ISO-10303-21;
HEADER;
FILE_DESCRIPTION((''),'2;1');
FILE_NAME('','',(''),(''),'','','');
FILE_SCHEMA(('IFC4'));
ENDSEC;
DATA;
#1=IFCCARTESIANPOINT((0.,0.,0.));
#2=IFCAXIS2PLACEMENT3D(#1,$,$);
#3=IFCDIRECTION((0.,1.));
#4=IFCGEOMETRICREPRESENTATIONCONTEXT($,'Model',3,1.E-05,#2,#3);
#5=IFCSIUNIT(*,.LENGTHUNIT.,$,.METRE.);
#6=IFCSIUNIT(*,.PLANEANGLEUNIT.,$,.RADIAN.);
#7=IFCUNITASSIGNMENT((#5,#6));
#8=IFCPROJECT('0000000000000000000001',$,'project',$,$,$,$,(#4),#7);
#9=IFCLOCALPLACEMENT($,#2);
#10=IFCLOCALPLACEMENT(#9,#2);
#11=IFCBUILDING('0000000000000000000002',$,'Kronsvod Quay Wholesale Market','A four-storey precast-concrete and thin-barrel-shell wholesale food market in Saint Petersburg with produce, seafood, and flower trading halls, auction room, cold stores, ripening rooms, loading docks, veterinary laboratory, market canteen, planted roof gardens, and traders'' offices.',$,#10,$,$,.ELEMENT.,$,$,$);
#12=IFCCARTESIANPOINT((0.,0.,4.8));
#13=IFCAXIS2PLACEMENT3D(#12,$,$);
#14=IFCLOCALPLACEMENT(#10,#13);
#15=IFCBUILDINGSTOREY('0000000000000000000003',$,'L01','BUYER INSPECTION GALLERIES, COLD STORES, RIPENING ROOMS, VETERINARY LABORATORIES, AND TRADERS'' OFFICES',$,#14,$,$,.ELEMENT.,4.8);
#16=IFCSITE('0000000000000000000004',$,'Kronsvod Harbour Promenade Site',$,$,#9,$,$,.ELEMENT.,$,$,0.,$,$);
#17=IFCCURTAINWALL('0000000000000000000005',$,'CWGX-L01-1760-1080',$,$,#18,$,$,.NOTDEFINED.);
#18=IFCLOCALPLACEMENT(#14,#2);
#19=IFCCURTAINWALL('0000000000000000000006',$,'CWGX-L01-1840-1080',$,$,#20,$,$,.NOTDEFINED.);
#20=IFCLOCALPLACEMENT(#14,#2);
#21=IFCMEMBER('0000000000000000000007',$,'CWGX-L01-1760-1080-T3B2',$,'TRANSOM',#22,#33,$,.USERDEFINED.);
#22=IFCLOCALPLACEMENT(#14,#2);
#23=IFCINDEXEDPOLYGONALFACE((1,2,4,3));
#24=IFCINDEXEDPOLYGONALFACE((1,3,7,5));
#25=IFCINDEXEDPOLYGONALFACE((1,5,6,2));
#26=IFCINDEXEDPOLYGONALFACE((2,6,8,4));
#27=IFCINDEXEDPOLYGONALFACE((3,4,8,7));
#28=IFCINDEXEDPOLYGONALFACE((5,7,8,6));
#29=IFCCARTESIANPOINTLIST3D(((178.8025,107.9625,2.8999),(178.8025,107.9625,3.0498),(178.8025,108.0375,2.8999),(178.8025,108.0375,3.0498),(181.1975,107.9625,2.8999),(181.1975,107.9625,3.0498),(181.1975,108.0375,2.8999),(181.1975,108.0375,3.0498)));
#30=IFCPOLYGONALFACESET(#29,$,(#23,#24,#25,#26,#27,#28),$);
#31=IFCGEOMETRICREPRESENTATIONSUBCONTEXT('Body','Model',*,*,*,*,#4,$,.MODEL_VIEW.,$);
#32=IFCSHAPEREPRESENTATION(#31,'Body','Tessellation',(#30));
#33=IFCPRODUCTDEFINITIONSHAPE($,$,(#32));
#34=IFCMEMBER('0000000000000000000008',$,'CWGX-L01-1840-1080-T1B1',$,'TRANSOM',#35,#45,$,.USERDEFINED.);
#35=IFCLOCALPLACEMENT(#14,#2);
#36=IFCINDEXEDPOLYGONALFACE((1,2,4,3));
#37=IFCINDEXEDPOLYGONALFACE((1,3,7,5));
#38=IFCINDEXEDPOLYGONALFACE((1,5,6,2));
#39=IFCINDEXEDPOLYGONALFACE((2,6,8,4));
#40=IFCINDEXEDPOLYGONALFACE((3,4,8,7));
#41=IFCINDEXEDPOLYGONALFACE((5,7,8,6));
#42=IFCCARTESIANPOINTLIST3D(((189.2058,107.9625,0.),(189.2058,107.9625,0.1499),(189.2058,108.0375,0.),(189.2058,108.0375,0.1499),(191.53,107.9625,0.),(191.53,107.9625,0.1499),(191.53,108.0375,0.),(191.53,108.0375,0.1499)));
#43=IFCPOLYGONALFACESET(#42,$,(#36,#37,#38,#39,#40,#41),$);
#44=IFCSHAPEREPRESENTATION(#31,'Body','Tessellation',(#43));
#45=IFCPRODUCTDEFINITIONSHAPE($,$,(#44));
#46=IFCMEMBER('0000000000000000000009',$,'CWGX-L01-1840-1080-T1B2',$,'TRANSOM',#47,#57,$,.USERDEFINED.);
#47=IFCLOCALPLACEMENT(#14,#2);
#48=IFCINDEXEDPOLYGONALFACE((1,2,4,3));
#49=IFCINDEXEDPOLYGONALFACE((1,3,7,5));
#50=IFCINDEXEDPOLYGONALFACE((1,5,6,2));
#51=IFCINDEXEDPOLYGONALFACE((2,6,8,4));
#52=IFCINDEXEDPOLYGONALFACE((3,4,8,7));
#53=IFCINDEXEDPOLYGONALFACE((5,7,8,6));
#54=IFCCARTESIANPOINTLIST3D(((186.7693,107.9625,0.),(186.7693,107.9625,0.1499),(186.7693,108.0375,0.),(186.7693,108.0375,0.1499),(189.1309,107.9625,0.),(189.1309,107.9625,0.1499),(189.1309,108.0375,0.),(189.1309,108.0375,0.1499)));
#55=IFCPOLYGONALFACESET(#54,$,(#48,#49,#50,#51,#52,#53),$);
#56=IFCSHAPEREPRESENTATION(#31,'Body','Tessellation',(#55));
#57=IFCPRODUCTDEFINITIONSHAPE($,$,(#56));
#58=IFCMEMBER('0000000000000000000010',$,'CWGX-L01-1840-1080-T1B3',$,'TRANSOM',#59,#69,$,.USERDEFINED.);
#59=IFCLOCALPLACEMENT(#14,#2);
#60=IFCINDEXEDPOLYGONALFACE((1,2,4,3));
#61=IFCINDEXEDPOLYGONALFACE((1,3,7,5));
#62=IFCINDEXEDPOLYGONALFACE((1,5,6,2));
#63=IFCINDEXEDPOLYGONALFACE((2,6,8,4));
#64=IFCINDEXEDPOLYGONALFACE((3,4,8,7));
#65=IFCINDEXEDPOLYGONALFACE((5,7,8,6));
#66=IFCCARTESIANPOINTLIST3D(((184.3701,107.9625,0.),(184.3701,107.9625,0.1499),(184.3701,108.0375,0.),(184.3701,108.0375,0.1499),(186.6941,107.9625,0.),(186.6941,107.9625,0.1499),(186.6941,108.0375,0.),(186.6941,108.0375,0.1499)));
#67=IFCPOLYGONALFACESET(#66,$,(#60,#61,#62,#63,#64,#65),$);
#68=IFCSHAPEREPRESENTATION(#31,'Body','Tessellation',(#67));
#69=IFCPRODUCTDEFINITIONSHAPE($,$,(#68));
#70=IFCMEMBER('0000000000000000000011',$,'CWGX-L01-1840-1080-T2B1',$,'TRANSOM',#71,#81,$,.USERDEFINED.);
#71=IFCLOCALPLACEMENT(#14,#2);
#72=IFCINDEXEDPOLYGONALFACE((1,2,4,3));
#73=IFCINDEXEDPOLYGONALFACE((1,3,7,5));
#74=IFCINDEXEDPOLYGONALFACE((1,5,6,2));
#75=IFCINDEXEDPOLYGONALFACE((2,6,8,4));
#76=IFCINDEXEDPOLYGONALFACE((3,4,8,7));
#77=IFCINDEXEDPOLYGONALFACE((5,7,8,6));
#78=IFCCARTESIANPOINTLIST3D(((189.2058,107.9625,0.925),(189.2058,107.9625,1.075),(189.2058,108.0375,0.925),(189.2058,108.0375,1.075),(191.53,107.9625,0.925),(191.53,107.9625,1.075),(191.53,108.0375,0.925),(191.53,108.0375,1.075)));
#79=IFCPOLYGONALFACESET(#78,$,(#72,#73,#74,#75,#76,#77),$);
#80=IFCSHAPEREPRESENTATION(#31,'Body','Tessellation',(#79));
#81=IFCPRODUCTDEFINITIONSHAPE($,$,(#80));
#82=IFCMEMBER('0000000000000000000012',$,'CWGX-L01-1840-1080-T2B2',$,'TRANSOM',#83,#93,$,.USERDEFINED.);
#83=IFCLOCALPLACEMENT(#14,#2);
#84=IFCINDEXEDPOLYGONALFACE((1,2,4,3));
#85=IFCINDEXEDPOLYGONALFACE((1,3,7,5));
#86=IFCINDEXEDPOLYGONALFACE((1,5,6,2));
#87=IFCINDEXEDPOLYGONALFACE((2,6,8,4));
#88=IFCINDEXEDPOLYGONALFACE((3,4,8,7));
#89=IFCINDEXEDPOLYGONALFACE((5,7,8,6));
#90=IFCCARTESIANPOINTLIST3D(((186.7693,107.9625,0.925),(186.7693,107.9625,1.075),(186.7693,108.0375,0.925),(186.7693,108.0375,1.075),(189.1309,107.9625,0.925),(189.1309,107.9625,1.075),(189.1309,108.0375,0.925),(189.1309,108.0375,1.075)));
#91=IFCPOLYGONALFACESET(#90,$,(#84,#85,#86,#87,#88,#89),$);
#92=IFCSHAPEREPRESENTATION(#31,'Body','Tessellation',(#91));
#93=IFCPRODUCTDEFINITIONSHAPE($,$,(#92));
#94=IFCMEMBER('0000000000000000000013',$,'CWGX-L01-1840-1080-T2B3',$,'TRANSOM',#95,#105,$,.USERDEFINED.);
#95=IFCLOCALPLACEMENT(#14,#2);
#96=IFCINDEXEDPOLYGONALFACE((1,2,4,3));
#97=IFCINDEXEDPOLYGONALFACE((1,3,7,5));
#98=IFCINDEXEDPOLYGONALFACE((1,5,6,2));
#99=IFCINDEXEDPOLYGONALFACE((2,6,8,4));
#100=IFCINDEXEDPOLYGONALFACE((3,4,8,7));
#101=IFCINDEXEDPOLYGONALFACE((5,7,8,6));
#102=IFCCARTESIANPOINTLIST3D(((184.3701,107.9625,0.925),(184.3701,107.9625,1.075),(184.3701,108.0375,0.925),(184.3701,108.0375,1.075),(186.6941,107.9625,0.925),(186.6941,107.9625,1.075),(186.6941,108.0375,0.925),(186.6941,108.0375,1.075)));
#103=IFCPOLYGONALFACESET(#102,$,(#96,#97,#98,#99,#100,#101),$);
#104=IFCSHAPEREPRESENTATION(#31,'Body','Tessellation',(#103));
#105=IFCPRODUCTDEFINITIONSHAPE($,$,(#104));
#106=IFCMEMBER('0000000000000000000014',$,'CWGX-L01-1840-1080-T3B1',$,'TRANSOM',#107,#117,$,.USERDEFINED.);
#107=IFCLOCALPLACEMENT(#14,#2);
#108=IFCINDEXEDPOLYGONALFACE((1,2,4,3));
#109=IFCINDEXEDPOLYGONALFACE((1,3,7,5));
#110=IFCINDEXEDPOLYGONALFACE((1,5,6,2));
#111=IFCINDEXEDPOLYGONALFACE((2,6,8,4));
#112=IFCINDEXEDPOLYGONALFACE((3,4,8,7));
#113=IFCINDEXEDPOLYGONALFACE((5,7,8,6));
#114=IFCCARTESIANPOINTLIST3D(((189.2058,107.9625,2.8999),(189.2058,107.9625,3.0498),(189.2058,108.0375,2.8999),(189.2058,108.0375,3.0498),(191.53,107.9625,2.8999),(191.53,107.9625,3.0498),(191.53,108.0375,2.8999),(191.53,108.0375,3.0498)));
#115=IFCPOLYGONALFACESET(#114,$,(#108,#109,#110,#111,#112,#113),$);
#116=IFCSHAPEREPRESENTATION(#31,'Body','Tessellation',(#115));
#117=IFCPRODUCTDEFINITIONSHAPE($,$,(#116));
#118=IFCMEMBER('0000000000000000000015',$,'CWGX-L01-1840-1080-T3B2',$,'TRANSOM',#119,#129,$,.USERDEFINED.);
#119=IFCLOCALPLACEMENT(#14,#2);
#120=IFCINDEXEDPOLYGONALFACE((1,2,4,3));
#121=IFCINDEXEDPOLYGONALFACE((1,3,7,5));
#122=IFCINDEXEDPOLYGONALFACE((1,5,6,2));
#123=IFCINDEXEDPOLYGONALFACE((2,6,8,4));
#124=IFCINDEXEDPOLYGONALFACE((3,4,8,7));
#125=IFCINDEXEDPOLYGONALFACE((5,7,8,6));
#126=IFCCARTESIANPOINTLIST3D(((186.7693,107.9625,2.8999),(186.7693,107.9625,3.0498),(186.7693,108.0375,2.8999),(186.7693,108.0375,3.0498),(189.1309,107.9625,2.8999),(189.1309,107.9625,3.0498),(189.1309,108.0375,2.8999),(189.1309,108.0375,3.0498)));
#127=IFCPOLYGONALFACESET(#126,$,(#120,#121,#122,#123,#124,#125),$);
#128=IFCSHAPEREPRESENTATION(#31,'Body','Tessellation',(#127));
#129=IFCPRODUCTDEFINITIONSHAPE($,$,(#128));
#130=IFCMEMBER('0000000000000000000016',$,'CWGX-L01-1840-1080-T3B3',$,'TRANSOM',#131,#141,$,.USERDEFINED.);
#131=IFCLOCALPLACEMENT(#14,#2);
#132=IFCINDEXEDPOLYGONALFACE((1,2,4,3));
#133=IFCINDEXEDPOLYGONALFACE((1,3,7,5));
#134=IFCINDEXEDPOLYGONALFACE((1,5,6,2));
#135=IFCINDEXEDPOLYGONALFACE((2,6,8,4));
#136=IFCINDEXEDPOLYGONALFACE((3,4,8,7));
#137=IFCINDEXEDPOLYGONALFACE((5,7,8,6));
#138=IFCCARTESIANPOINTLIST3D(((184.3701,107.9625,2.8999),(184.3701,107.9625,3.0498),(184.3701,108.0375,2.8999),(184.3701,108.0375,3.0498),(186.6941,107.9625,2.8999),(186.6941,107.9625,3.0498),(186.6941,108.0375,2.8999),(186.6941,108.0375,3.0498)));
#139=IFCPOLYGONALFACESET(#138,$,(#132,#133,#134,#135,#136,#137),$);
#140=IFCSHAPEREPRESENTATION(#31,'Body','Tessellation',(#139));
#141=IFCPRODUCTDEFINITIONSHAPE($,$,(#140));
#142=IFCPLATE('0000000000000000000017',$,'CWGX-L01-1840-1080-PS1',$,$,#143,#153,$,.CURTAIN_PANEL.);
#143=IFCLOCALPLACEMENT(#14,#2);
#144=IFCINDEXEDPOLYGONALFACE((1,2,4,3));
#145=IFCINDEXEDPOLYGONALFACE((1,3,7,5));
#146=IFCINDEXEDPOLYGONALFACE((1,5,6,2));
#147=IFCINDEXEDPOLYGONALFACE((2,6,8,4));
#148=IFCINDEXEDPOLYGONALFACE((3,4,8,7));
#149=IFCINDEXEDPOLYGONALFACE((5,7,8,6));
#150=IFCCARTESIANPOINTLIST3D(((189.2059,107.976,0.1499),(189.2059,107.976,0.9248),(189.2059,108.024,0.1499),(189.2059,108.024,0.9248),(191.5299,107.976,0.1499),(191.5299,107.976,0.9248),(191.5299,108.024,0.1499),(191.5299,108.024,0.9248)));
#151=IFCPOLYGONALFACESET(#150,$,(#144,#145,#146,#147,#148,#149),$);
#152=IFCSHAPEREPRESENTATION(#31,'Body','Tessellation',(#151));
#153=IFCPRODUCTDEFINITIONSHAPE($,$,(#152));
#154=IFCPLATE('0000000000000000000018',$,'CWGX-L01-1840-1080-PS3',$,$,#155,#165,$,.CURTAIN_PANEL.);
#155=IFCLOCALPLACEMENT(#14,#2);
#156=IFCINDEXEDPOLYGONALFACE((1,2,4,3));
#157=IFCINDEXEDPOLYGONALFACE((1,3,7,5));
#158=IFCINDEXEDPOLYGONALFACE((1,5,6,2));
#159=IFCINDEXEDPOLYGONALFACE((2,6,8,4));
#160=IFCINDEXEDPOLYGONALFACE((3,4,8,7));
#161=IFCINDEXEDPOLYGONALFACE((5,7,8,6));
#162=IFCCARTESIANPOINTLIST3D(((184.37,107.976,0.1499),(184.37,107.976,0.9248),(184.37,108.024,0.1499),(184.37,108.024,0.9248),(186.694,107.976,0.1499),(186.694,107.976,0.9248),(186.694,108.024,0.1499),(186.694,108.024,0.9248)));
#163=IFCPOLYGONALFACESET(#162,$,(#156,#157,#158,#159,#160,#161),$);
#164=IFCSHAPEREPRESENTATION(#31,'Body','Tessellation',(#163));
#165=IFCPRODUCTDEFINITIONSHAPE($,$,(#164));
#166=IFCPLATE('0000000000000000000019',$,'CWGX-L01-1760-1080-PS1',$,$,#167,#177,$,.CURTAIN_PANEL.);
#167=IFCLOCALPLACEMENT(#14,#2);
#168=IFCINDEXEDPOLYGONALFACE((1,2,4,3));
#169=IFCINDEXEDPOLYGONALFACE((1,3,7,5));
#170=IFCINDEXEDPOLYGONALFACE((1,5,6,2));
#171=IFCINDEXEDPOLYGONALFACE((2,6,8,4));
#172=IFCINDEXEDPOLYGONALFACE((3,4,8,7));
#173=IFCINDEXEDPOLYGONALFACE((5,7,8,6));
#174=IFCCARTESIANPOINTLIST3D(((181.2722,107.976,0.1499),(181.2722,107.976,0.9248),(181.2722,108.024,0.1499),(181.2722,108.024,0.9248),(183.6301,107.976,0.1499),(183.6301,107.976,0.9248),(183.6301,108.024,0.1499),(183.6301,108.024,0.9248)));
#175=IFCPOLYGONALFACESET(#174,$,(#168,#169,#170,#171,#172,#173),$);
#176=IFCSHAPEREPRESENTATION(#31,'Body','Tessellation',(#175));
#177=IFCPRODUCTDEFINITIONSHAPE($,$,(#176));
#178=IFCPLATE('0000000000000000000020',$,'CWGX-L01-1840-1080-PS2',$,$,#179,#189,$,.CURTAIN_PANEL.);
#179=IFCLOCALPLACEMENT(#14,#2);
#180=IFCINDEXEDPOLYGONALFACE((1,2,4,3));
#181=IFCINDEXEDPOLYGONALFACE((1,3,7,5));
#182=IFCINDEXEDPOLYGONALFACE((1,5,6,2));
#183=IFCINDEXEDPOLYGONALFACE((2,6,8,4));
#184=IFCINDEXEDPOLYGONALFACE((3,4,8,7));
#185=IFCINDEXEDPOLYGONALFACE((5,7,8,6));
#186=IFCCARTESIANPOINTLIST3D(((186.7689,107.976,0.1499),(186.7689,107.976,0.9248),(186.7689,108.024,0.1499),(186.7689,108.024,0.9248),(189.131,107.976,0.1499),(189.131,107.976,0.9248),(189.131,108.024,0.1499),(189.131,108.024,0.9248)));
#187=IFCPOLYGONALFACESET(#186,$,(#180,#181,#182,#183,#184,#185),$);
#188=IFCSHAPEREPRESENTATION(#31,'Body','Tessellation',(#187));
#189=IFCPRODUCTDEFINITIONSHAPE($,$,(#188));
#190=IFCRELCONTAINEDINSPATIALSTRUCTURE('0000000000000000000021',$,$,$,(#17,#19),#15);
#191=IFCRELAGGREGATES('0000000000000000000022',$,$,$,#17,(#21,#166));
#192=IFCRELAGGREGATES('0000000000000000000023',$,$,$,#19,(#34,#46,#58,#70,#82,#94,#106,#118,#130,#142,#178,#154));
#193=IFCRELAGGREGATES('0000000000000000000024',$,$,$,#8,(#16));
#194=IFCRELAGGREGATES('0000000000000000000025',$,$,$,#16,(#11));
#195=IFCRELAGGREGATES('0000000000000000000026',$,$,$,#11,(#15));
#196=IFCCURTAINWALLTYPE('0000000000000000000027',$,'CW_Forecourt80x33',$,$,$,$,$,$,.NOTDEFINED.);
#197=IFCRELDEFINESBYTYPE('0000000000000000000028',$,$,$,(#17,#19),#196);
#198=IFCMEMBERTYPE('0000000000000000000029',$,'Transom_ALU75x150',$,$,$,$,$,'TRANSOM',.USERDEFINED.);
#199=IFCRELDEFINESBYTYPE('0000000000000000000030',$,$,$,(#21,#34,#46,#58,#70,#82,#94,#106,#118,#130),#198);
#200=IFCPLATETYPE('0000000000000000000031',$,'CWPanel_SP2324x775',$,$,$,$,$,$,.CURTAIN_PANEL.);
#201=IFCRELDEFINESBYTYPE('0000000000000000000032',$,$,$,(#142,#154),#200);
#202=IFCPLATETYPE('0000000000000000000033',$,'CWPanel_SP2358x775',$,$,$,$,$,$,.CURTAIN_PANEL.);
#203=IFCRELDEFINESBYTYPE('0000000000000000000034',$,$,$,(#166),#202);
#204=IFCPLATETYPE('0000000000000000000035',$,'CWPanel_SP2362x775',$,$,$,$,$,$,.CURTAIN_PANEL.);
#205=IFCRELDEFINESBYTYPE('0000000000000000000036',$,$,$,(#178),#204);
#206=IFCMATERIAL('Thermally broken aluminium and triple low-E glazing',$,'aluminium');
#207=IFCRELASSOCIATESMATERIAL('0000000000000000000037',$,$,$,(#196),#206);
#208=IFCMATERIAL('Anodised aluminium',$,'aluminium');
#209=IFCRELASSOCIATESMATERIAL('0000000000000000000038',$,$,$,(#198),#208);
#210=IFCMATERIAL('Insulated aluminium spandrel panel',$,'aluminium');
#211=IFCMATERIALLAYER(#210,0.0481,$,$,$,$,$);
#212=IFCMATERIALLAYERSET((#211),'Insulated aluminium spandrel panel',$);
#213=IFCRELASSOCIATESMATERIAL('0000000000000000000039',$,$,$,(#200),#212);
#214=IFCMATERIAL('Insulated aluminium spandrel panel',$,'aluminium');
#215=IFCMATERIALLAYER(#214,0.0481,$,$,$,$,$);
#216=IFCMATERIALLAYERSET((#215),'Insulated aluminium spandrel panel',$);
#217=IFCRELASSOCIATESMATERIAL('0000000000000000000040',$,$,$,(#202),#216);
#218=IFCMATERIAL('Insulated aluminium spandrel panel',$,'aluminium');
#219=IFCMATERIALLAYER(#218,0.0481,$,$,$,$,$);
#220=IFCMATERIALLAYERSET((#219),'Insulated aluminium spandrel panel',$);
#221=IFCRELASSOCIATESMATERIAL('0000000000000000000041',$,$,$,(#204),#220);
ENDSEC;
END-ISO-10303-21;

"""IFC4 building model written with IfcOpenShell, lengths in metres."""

from ifc_helpers import new_model, si_unit, direction, frame, origin, origin_2d, place, context, subcontext, project, spatial, rectangle, extrude, material, layer, layer_set, material_profile, profile_set, type_object, element, aggregate, save


model = new_model("IFC4")

# Units and contexts
model_context = context("Model", 3, precision=1e-05, world=origin(), true_north=direction((0.0, 1.0)))
body_context = subcontext(model_context, "Body", "Model", "MODEL_VIEW")
ifc_project = project(units=[si_unit("LENGTHUNIT", "METRE"), si_unit("PLANEANGLEUNIT", "RADIAN")], contexts=[model_context])

# Site, building, storey
site_placement = place(None, origin())
site = spatial("IfcSite", under=ifc_project, at=site_placement, Name="Kronsvod Harbour Promenade Site", CompositionType="ELEMENT", RefElevation=0.0)
building_placement = place(site_placement, origin())
building = spatial("IfcBuilding", under=site, at=building_placement, Name="Kronsvod Quay Wholesale Market", Description="A four-storey precast-concrete and thin-barrel-shell wholesale food market in Saint Petersburg with produce, seafood, and flower trading halls, auction room, cold stores, ripening rooms, loading docks, veterinary laboratory, market canteen, planted roof gardens, and traders' offices.", CompositionType="ELEMENT")
storey_placement = place(building_placement, frame((0.0, 0.0, 4.8)))
storey = spatial("IfcBuildingStorey", under=building, at=storey_placement, Name="L01", Description="BUYER INSPECTION GALLERIES, COLD STORES, RIPENING ROOMS, VETERINARY LABORATORIES, AND TRADERS' OFFICES", CompositionType="ELEMENT", Elevation=4.8)

# Curtain walls
ifc_material_1 = material(Name="Thermally broken aluminium and triple low-E glazing", Category="aluminium")
curtain_wall_type = type_object("IfcCurtainWallType", Name="CW_Forecourt80x33", PredefinedType="NOTDEFINED", material=ifc_material_1)
curtain_wall_1_placement = place(storey_placement, origin())
curtain_wall_1 = element("IfcCurtainWall", 1, at=curtain_wall_1_placement, inside=storey, type_object=curtain_wall_type, Name="CWGX-L01-1760-1080", PredefinedType="NOTDEFINED")
curtain_wall_2_placement = place(storey_placement, origin())
curtain_wall_2 = element("IfcCurtainWall", 2, at=curtain_wall_2_placement, inside=storey, type_object=curtain_wall_type, Name="CWGX-L01-1840-1080", PredefinedType="NOTDEFINED")

# Members
ifc_material_2 = material(Name="Anodised aluminium", Category="aluminium")
ifc_material_profile_1 = material_profile(ifc_material_2, rectangle(XDim=0.075, YDim=0.1499, at=origin_2d()), Name="ALUT75x150")
ifc_profile_set_1 = profile_set([ifc_material_profile_1], Name="Anodised aluminium")
member_type_1 = type_object("IfcMemberType", Name="Transom_ALU75x150", ElementType="TRANSOM", PredefinedType="USERDEFINED", material=ifc_profile_set_1)
member_1_placement = place(storey_placement, frame((181.1975, 108.0, 2.9749), z_axis=(-1.0, 0.0, 0.0), x_axis=(0.0, -1.0, 0.0)))
member_1 = element("IfcMember", 3, at=member_1_placement, type_object=member_type_1, Name="CWGX-L01-1760-1080-T3B2", ObjectType="TRANSOM", PredefinedType="USERDEFINED", context=body_context, shape_type="SweptSolid", body=[
    extrude(rectangle(XDim=0.075, YDim=0.1499, at=origin_2d()), origin(), (0.0, 0.0, 1.0), 2.395),
])
member_2_placement = place(storey_placement, frame((191.53, 108.0, 0.075), z_axis=(-1.0, 0.0, 0.0), x_axis=(0.0, -1.0, 0.0)))
member_2 = element("IfcMember", 4, at=member_2_placement, type_object=member_type_1, Name="CWGX-L01-1840-1080-T1B1", ObjectType="TRANSOM", PredefinedType="USERDEFINED", context=body_context, shape_type="SweptSolid", body=[
    extrude(rectangle(XDim=0.075, YDim=0.1499, at=origin_2d()), origin(), (0.0, 0.0, 1.0), 2.3242),
])
member_3_placement = place(storey_placement, frame((189.1309, 108.0, 0.075), z_axis=(-1.0, 0.0, 0.0), x_axis=(0.0, -1.0, 0.0)))
member_3 = element("IfcMember", 5, at=member_3_placement, type_object=member_type_1, Name="CWGX-L01-1840-1080-T1B2", ObjectType="TRANSOM", PredefinedType="USERDEFINED", context=body_context, shape_type="SweptSolid", body=[
    extrude(rectangle(XDim=0.075, YDim=0.1499, at=origin_2d()), origin(), (0.0, 0.0, 1.0), 2.3616),
])
member_4_placement = place(storey_placement, frame((186.6941, 108.0, 0.075), z_axis=(-1.0, 0.0, 0.0), x_axis=(0.0, -1.0, 0.0)))
member_4 = element("IfcMember", 6, at=member_4_placement, type_object=member_type_1, Name="CWGX-L01-1840-1080-T1B3", ObjectType="TRANSOM", PredefinedType="USERDEFINED", context=body_context, shape_type="SweptSolid", body=[
    extrude(rectangle(XDim=0.075, YDim=0.1499, at=origin_2d()), origin(), (0.0, 0.0, 1.0), 2.324),
])
member_5_placement = place(storey_placement, frame((191.53, 108.0, 1.0), z_axis=(-1.0, 0.0, 0.0), x_axis=(0.0, -1.0, 0.0)))
member_5 = element("IfcMember", 7, at=member_5_placement, type_object=member_type_1, Name="CWGX-L01-1840-1080-T2B1", ObjectType="TRANSOM", PredefinedType="USERDEFINED", context=body_context, shape_type="SweptSolid", body=[
    extrude(rectangle(XDim=0.075, YDim=0.1499, at=origin_2d()), origin(), (0.0, 0.0, 1.0), 2.3242),
])
member_6_placement = place(storey_placement, frame((189.1309, 108.0, 1.0), z_axis=(-1.0, 0.0, 0.0), x_axis=(0.0, -1.0, 0.0)))
member_6 = element("IfcMember", 8, at=member_6_placement, type_object=member_type_1, Name="CWGX-L01-1840-1080-T2B2", ObjectType="TRANSOM", PredefinedType="USERDEFINED", context=body_context, shape_type="SweptSolid", body=[
    extrude(rectangle(XDim=0.075, YDim=0.1499, at=origin_2d()), origin(), (0.0, 0.0, 1.0), 2.3616),
])
member_7_placement = place(storey_placement, frame((186.6941, 108.0, 1.0), z_axis=(-1.0, 0.0, 0.0), x_axis=(0.0, -1.0, 0.0)))
member_7 = element("IfcMember", 9, at=member_7_placement, type_object=member_type_1, Name="CWGX-L01-1840-1080-T2B3", ObjectType="TRANSOM", PredefinedType="USERDEFINED", context=body_context, shape_type="SweptSolid", body=[
    extrude(rectangle(XDim=0.075, YDim=0.1499, at=origin_2d()), origin(), (0.0, 0.0, 1.0), 2.324),
])
member_8_placement = place(storey_placement, frame((191.53, 108.0, 2.9749), z_axis=(-1.0, 0.0, 0.0), x_axis=(0.0, -1.0, 0.0)))
member_8 = element("IfcMember", 10, at=member_8_placement, type_object=member_type_1, Name="CWGX-L01-1840-1080-T3B1", ObjectType="TRANSOM", PredefinedType="USERDEFINED", context=body_context, shape_type="SweptSolid", body=[
    extrude(rectangle(XDim=0.075, YDim=0.1499, at=origin_2d()), origin(), (0.0, 0.0, 1.0), 2.3242),
])
member_9_placement = place(storey_placement, frame((189.1309, 108.0, 2.9749), z_axis=(-1.0, 0.0, 0.0), x_axis=(0.0, -1.0, 0.0)))
member_9 = element("IfcMember", 11, at=member_9_placement, type_object=member_type_1, Name="CWGX-L01-1840-1080-T3B2", ObjectType="TRANSOM", PredefinedType="USERDEFINED", context=body_context, shape_type="SweptSolid", body=[
    extrude(rectangle(XDim=0.075, YDim=0.1499, at=origin_2d()), origin(), (0.0, 0.0, 1.0), 2.3616),
])
member_10_placement = place(storey_placement, frame((186.6941, 108.0, 2.9749), z_axis=(-1.0, 0.0, 0.0), x_axis=(0.0, -1.0, 0.0)))
member_10 = element("IfcMember", 12, at=member_10_placement, type_object=member_type_1, Name="CWGX-L01-1840-1080-T3B3", ObjectType="TRANSOM", PredefinedType="USERDEFINED", context=body_context, shape_type="SweptSolid", body=[
    extrude(rectangle(XDim=0.075, YDim=0.1499, at=origin_2d()), origin(), (0.0, 0.0, 1.0), 2.324),
])

# Plates
ifc_material_3 = material(Name="Insulated aluminium spandrel panel", Category="aluminium")
ifc_layer_1 = layer(ifc_material_3, 0.0481)
ifc_layer_set_1 = layer_set([ifc_layer_1], Name="Insulated aluminium spandrel panel")
plate_type_1 = type_object("IfcPlateType", Name="CWPanel_SP2324x775", PredefinedType="CURTAIN_PANEL", material=ifc_layer_set_1)
plate_1_placement = place(storey_placement, frame((190.3679, 108.0, 0.1499), z_axis=(0.0, 0.0, 1.0), x_axis=(-1.0, 0.0, 0.0)))
plate_1 = element("IfcPlate", 13, at=plate_1_placement, type_object=plate_type_1, Name="CWGX-L01-1840-1080-PS1", PredefinedType="CURTAIN_PANEL", context=body_context, shape_type="SweptSolid", body=[
    extrude(rectangle(XDim=2.324, YDim=0.0481, at=origin_2d()), origin(), (0.0, 0.0, 1.0), 0.7749),
])
plate_2_placement = place(storey_placement, frame((185.532, 108.0, 0.1499), z_axis=(0.0, 0.0, 1.0), x_axis=(-1.0, 0.0, 0.0)))
plate_2 = element("IfcPlate", 14, at=plate_2_placement, type_object=plate_type_1, Name="CWGX-L01-1840-1080-PS3", PredefinedType="CURTAIN_PANEL", context=body_context, shape_type="SweptSolid", body=[
    extrude(rectangle(XDim=2.324, YDim=0.0481, at=origin_2d()), origin(), (0.0, 0.0, 1.0), 0.7749),
])
ifc_material_4 = material(Name="Insulated aluminium spandrel panel", Category="aluminium")
ifc_layer_2 = layer(ifc_material_4, 0.0481)
ifc_layer_set_2 = layer_set([ifc_layer_2], Name="Insulated aluminium spandrel panel")
plate_type_2 = type_object("IfcPlateType", Name="CWPanel_SP2358x775", PredefinedType="CURTAIN_PANEL", material=ifc_layer_set_2)
plate_3_placement = place(storey_placement, frame((182.4512, 108.0, 0.1499), z_axis=(0.0, 0.0, 1.0), x_axis=(-1.0, 0.0, 0.0)))
plate_3 = element("IfcPlate", 15, at=plate_3_placement, type_object=plate_type_2, Name="CWGX-L01-1760-1080-PS1", PredefinedType="CURTAIN_PANEL", context=body_context, shape_type="SweptSolid", body=[
    extrude(rectangle(XDim=2.3579, YDim=0.0481, at=origin_2d()), origin(), (0.0, 0.0, 1.0), 0.7749),
])
ifc_material_5 = material(Name="Insulated aluminium spandrel panel", Category="aluminium")
ifc_layer_3 = layer(ifc_material_5, 0.0481)
ifc_layer_set_3 = layer_set([ifc_layer_3], Name="Insulated aluminium spandrel panel")
plate_type_3 = type_object("IfcPlateType", Name="CWPanel_SP2362x775", PredefinedType="CURTAIN_PANEL", material=ifc_layer_set_3)
plate_4_placement = place(storey_placement, frame((187.95, 108.0, 0.1499), z_axis=(0.0, 0.0, 1.0), x_axis=(-1.0, 0.0, 0.0)))
plate_4 = element("IfcPlate", 16, at=plate_4_placement, type_object=plate_type_3, Name="CWGX-L01-1840-1080-PS2", PredefinedType="CURTAIN_PANEL", context=body_context, shape_type="SweptSolid", body=[
    extrude(rectangle(XDim=2.3621, YDim=0.0481, at=origin_2d()), origin(), (0.0, 0.0, 1.0), 0.7749),
])
aggregate(curtain_wall_1, [member_1, plate_3])
aggregate(curtain_wall_2, [member_2, member_3, member_4, member_5, member_6, member_7, member_8, member_9, member_10, plate_1, plate_4, plate_2])

save(model, "model.ifc")
